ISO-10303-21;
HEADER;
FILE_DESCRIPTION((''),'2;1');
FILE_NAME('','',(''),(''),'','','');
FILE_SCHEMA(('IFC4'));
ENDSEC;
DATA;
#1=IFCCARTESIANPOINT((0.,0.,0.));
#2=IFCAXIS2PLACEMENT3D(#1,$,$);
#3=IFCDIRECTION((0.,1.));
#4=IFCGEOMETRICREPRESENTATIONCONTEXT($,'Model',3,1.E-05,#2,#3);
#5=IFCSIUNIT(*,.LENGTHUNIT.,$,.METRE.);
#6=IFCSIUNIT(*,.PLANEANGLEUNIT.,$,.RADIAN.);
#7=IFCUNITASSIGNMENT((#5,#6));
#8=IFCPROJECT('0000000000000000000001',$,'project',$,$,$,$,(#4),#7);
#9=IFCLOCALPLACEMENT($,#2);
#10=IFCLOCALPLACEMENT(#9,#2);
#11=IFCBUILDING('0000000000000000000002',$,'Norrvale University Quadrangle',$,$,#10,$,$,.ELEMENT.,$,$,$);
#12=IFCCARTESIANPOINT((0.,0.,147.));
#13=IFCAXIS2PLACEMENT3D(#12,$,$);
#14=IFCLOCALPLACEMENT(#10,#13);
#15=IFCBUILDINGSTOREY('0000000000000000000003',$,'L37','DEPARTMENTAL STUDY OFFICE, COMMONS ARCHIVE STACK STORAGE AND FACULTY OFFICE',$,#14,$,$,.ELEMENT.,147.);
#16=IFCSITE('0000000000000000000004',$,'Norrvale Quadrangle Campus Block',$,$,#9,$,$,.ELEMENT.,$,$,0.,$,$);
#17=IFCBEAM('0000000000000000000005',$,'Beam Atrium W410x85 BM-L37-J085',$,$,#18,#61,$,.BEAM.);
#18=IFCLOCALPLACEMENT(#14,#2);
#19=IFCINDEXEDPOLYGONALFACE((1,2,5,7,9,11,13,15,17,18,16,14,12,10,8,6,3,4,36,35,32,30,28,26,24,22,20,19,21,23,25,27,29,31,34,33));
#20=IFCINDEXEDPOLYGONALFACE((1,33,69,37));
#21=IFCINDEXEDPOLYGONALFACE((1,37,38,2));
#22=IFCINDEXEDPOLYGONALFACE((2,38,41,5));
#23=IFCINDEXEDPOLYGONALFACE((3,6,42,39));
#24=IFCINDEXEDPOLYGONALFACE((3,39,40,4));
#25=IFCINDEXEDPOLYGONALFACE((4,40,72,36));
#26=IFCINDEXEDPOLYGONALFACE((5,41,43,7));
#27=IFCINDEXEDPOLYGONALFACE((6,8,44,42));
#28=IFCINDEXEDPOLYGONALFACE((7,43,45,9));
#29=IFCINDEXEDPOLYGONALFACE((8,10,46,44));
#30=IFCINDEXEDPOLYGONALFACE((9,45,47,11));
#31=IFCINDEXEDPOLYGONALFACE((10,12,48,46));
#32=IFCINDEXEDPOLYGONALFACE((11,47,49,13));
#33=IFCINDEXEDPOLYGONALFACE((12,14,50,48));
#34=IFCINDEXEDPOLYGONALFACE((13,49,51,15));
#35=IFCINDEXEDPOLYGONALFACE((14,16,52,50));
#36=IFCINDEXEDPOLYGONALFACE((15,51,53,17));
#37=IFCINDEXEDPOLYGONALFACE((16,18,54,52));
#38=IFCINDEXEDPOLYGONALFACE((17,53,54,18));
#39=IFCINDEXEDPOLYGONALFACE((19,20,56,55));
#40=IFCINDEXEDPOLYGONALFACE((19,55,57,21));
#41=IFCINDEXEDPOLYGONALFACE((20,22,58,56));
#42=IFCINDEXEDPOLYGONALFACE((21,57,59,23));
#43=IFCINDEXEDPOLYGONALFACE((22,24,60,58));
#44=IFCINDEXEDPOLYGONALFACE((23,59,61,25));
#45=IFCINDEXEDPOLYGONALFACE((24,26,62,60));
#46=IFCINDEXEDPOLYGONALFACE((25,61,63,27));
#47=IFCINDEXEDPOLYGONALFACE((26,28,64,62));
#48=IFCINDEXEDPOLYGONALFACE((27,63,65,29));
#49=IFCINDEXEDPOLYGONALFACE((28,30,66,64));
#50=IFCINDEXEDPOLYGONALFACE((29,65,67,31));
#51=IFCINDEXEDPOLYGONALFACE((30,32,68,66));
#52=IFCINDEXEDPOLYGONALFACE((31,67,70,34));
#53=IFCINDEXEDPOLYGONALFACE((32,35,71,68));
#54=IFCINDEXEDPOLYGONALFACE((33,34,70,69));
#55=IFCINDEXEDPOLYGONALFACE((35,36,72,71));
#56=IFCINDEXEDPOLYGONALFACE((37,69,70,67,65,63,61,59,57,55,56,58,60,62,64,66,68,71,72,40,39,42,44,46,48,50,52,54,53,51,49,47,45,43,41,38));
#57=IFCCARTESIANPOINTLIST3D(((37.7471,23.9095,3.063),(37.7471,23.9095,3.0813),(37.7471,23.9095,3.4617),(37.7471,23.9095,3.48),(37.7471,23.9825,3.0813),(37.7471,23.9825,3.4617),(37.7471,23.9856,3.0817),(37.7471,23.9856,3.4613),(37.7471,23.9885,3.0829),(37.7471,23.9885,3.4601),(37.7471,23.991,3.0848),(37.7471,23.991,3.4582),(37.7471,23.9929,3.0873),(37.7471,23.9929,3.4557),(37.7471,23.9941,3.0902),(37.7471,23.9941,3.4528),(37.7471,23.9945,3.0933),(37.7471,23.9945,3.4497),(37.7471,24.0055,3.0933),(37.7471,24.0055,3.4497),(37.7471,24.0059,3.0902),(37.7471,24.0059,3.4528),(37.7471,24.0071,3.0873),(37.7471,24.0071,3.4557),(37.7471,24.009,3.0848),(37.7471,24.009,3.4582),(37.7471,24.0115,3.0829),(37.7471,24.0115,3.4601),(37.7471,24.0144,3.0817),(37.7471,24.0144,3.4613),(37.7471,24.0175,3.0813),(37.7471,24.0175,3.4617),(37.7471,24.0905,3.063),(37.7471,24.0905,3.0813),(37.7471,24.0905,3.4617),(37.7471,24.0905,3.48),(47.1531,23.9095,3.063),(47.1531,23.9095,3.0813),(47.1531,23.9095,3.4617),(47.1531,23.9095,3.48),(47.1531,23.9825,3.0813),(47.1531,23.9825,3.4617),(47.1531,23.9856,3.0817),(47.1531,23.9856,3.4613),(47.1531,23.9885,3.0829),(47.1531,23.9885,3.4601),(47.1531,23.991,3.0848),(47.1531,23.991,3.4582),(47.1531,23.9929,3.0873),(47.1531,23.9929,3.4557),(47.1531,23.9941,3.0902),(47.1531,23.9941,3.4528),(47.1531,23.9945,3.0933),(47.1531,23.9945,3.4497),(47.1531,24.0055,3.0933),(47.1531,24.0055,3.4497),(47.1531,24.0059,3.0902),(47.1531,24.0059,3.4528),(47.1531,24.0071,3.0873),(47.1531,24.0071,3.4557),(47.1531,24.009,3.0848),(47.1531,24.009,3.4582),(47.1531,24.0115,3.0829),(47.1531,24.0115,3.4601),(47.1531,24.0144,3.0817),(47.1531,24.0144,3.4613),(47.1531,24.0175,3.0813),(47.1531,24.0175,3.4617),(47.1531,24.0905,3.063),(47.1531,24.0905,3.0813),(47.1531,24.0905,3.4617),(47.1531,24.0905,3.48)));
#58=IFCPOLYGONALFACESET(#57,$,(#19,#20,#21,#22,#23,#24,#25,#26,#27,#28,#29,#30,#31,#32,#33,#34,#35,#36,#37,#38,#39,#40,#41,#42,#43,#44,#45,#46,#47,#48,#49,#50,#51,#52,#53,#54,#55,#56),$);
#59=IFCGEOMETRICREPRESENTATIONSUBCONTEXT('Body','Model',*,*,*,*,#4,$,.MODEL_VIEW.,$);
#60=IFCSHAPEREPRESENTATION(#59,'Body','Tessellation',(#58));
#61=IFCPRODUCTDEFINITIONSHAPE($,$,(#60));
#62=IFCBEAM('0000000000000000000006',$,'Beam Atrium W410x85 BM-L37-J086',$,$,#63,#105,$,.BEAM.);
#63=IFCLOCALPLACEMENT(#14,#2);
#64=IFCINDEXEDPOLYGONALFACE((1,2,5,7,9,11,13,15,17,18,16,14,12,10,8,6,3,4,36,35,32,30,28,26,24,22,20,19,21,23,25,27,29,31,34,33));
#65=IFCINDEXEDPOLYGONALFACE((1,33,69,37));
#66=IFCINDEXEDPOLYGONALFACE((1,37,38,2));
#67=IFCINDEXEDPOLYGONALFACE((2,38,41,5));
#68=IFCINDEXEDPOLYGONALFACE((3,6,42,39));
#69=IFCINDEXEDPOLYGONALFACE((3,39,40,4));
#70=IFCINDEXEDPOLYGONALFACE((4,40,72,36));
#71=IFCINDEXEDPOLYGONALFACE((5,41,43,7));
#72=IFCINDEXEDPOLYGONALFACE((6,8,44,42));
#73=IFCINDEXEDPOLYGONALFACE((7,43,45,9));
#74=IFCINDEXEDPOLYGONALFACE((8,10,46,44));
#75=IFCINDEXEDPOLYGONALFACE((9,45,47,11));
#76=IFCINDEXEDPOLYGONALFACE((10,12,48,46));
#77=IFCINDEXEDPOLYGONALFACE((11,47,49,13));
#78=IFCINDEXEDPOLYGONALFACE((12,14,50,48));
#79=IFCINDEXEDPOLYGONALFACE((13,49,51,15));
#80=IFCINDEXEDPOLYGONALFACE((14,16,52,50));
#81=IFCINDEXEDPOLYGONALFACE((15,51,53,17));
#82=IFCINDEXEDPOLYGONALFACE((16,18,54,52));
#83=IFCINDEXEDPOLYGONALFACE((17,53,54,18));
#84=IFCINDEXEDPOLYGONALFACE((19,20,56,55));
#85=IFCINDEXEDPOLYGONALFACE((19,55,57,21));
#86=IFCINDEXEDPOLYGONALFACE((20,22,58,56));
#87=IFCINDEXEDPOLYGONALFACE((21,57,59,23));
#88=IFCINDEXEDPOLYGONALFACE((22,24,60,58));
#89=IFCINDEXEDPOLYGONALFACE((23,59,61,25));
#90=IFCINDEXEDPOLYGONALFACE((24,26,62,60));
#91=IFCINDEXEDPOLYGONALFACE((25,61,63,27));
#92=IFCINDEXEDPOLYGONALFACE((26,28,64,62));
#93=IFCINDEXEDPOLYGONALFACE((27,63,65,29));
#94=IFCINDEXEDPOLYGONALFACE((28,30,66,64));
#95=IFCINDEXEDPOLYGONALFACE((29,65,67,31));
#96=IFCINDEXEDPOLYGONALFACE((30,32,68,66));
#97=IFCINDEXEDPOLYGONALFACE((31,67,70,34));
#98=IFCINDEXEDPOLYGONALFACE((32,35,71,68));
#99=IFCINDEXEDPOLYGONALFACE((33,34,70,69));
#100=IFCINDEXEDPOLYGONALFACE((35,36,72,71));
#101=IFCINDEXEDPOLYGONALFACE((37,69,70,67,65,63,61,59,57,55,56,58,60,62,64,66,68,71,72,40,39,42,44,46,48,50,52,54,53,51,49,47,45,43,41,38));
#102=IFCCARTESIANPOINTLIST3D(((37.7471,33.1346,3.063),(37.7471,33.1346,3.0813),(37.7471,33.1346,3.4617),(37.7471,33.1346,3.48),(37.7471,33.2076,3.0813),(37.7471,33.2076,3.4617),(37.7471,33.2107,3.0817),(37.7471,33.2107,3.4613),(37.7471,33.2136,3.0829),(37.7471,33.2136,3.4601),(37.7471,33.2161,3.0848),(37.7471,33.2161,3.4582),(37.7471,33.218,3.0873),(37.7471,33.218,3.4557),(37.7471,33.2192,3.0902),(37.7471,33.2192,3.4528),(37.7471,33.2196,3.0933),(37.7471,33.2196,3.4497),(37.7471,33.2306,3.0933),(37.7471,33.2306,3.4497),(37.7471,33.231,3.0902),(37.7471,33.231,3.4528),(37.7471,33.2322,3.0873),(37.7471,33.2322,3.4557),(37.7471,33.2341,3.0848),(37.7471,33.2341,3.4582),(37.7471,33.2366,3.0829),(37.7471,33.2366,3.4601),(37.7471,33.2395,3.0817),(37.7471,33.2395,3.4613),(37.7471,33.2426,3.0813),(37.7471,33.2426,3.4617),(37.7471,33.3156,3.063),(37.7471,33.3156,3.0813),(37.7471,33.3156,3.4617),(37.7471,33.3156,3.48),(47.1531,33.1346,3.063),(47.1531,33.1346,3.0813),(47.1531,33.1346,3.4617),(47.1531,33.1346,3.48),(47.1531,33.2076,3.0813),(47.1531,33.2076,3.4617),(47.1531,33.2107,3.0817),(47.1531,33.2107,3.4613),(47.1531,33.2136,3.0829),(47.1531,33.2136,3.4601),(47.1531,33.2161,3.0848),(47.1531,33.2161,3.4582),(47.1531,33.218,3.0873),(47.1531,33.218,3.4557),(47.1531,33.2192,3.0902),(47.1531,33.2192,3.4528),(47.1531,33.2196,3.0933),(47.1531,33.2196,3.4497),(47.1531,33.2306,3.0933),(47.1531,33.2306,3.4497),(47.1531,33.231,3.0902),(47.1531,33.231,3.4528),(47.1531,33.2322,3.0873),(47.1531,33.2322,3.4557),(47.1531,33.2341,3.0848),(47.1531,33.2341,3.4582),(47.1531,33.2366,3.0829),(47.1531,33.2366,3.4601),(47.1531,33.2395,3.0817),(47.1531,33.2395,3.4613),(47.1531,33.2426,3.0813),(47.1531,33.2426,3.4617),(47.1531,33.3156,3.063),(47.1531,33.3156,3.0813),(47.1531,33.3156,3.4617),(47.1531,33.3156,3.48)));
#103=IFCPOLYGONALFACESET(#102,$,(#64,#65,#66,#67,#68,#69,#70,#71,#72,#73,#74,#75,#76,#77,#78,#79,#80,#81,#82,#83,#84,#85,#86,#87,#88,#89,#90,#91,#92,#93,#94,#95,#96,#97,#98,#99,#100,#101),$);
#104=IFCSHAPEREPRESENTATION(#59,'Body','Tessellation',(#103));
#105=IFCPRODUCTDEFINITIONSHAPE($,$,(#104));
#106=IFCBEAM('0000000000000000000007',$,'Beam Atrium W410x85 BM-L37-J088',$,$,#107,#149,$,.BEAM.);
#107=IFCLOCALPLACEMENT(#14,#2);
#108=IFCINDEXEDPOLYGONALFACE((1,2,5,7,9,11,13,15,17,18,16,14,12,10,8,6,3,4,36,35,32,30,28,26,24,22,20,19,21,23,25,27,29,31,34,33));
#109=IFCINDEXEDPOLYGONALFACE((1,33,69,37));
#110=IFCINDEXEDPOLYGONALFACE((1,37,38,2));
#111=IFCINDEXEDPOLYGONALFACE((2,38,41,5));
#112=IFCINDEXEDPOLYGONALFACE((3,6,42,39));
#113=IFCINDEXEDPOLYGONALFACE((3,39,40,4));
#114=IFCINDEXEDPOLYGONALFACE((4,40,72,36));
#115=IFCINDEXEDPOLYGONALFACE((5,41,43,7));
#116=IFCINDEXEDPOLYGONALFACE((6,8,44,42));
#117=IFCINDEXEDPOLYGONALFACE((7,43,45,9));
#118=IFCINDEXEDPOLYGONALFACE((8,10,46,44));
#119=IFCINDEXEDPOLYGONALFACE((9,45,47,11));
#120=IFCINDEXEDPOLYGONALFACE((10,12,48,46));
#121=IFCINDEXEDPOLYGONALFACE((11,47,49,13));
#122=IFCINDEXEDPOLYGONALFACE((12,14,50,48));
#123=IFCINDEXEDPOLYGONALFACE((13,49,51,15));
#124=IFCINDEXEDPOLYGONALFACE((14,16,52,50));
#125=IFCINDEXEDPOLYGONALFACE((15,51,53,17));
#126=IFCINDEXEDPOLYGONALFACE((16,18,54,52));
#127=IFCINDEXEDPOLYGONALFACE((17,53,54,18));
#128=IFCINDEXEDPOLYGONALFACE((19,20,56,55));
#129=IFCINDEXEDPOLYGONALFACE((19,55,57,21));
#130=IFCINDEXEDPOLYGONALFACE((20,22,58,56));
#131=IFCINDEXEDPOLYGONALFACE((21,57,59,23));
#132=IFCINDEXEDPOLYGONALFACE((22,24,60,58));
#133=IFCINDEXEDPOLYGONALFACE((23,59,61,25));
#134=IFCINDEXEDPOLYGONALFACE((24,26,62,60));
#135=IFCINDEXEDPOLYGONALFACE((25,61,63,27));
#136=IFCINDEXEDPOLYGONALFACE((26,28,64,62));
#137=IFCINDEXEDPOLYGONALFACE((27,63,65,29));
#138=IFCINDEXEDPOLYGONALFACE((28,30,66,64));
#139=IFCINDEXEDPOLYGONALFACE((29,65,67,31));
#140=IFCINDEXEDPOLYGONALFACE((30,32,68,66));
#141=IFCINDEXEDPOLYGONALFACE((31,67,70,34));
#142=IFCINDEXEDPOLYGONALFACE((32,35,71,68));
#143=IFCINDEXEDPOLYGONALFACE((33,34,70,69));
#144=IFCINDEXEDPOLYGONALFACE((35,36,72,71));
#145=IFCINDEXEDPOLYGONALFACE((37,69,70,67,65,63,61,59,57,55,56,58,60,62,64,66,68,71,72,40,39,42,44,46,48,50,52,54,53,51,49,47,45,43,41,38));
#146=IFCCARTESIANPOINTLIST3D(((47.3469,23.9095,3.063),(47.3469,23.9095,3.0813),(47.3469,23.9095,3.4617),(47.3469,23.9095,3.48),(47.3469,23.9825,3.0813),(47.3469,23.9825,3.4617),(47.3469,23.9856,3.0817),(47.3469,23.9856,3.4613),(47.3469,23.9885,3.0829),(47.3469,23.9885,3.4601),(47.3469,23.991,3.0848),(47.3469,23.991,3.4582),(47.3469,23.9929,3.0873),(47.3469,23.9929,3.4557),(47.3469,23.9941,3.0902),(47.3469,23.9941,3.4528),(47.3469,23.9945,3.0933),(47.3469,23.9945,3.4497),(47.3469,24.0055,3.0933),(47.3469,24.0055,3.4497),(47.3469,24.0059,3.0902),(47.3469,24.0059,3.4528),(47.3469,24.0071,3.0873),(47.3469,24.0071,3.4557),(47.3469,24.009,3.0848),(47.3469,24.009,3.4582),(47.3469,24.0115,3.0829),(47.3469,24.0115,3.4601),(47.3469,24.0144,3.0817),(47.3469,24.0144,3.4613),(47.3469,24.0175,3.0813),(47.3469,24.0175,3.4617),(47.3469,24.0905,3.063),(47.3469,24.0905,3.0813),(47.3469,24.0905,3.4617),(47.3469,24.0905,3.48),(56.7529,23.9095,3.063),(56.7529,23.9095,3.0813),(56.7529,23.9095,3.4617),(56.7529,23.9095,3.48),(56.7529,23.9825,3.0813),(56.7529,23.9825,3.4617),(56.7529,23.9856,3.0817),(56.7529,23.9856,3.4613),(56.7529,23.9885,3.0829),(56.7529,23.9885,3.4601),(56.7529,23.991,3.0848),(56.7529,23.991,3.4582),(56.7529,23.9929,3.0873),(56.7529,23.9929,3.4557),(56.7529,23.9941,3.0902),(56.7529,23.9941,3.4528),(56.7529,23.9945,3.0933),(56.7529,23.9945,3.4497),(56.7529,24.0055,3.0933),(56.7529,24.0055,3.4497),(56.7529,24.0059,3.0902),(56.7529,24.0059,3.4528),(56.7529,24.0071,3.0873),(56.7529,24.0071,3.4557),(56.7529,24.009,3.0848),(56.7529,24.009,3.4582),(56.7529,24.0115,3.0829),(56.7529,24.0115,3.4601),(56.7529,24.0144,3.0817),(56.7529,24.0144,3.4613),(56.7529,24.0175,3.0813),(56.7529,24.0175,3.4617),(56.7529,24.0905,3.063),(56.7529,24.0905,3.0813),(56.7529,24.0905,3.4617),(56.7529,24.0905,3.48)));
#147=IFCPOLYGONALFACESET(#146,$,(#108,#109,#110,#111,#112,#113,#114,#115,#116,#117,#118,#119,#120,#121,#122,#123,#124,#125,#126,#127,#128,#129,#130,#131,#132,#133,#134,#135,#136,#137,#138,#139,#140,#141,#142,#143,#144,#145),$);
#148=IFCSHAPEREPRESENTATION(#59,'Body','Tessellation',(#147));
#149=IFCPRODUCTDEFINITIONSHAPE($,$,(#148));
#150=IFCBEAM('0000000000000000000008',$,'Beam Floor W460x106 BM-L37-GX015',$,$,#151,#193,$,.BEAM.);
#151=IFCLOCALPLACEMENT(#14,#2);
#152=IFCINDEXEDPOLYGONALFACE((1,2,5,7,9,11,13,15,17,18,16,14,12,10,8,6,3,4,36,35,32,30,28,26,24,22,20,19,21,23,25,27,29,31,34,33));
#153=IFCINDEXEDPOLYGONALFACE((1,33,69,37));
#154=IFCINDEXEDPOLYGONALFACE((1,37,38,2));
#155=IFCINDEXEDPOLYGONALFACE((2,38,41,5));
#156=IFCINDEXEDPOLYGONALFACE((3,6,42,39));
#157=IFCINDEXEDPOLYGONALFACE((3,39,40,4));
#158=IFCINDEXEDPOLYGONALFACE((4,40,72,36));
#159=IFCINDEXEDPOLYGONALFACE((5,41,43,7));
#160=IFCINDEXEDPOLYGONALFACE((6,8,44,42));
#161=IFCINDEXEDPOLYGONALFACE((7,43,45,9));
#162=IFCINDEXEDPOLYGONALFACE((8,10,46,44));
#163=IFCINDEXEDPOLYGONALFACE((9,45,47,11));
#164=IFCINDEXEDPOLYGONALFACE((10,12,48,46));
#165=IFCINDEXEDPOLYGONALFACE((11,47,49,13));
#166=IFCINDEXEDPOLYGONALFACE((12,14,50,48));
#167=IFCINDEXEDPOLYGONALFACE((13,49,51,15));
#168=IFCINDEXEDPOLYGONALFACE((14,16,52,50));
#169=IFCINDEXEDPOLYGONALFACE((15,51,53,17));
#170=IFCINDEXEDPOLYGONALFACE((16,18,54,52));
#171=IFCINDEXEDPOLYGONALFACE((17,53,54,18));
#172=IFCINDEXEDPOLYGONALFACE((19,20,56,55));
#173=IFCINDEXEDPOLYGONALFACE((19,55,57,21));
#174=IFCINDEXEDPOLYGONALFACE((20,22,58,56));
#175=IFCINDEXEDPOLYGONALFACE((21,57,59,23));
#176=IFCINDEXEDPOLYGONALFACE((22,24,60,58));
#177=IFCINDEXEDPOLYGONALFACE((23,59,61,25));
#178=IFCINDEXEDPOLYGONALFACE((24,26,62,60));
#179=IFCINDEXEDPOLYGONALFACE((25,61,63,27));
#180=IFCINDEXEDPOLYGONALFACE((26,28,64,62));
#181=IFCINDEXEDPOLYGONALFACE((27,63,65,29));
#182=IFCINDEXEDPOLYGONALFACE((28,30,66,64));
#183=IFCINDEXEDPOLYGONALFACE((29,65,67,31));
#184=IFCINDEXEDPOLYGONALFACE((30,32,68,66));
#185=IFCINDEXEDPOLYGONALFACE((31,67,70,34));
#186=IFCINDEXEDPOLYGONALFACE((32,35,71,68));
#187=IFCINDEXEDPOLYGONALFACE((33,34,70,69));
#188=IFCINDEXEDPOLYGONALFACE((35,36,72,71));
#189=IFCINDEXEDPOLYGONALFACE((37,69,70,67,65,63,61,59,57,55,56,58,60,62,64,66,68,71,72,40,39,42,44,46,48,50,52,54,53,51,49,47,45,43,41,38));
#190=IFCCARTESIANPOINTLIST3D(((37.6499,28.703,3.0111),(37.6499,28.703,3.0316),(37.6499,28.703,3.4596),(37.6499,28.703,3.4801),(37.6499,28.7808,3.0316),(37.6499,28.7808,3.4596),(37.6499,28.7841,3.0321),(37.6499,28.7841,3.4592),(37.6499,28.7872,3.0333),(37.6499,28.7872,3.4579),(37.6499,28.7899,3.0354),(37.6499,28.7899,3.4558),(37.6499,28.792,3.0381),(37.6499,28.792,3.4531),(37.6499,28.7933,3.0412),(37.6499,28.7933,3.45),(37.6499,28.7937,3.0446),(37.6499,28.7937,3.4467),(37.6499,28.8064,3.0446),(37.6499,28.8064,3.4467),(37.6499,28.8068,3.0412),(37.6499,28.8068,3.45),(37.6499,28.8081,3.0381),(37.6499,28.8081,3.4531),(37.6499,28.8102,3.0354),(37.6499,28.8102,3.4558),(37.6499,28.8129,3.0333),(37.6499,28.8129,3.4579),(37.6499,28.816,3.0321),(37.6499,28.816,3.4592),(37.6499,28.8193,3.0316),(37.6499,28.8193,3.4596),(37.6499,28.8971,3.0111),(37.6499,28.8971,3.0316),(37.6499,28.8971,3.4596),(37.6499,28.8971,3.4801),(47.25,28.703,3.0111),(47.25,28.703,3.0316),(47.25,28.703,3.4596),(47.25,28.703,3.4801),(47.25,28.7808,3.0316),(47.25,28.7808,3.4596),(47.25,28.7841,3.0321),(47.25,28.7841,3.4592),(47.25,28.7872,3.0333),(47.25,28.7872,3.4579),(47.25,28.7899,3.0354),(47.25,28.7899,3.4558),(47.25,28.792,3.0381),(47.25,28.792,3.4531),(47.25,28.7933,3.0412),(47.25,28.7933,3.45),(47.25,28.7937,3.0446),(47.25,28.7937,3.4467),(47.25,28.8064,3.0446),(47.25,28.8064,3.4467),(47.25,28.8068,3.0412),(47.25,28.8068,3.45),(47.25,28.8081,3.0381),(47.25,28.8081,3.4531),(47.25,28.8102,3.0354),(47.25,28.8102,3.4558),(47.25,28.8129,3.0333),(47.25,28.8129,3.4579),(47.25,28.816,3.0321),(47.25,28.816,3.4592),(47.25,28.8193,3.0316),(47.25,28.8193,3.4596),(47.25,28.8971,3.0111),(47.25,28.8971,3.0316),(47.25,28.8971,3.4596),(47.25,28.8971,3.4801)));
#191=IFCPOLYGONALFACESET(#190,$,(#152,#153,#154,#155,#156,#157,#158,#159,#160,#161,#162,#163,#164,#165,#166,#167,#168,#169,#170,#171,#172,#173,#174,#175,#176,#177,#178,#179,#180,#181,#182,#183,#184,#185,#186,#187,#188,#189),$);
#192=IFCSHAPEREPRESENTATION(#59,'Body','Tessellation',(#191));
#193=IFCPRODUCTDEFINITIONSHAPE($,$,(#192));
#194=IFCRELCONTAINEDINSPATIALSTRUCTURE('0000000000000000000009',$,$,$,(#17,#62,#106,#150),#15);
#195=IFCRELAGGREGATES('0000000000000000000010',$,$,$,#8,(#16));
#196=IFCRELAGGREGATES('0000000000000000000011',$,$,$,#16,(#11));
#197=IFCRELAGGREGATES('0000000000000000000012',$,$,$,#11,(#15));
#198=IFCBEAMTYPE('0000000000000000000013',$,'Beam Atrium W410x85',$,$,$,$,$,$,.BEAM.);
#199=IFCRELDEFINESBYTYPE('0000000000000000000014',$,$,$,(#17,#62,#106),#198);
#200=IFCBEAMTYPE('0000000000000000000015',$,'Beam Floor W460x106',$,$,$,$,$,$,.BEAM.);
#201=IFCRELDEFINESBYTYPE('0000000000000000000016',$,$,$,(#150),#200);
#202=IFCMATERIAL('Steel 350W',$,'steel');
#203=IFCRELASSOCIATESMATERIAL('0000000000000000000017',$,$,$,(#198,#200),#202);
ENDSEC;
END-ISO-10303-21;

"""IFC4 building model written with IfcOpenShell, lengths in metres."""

from ifc_helpers import new_model, si_unit, direction, frame, origin, origin_2d, place, context, subcontext, project, spatial, i_section, extrude, material, material_profile, profile_set, type_object, element, save


model = new_model("IFC4")

# Units and contexts
model_context = context("Model", 3, precision=1e-05, world=origin(), true_north=direction((0.0, 1.0)))
body_context = subcontext(model_context, "Body", "Model", "MODEL_VIEW")
ifc_project = project(units=[si_unit("LENGTHUNIT", "METRE"), si_unit("PLANEANGLEUNIT", "RADIAN")], contexts=[model_context])

# Site, building, storey
site_placement = place(None, origin())
site = spatial("IfcSite", under=ifc_project, at=site_placement, Name="Norrvale Quadrangle Campus Block", CompositionType="ELEMENT", RefElevation=0.0)
building_placement = place(site_placement, origin())
building = spatial("IfcBuilding", under=site, at=building_placement, Name="Norrvale University Quadrangle", CompositionType="ELEMENT")
storey_placement = place(building_placement, frame((0.0, 0.0, 147.0)))
storey = spatial("IfcBuildingStorey", under=building, at=storey_placement, Name="L37", Description="DEPARTMENTAL STUDY OFFICE, COMMONS ARCHIVE STACK STORAGE AND FACULTY OFFICE", CompositionType="ELEMENT", Elevation=147.0)

# Beams
ifc_material_1 = material(Name="Steel 350W", Category="steel")
ifc_material_profile_1 = material_profile(ifc_material_1, i_section(OverallWidth=0.1809, OverallDepth=0.417, WebThickness=0.011, FlangeThickness=0.0183, FilletRadius=0.012, at=origin_2d()), Name="Steel 350W")
ifc_profile_set_1 = profile_set([ifc_material_profile_1], Name="Steel 350W")
beam_type_1 = type_object("IfcBeamType", Name="Beam Atrium W410x85", PredefinedType="BEAM", material=ifc_profile_set_1)
for number, where, z_axis, x_axis, name in (
    (1, (37.7471, 24.0, 3.2715), (1.0, 0.0, 0.0), (0.0, 1.0, 0.0), "Beam Atrium W410x85 BM-L37-J085"),
    (2, (37.7471, 33.2251, 3.2715), (1.0, 0.0, 0.0), (0.0, 1.0, 0.0), "Beam Atrium W410x85 BM-L37-J086"),
    (3, (47.3469, 24.0, 3.2715), (1.0, 0.0, 0.0), (0.0, 1.0, 0.0), "Beam Atrium W410x85 BM-L37-J088"),
):
    element("IfcBeam", number, at=place(storey_placement, frame(where, z_axis=z_axis, x_axis=x_axis)), inside=storey, type_object=beam_type_1, Name=name, PredefinedType="BEAM", context=body_context, shape_type="SweptSolid", body=[
        extrude(i_section(OverallWidth=0.1809, OverallDepth=0.417, WebThickness=0.011, FlangeThickness=0.0183, FilletRadius=0.012, at=origin_2d()), origin(), (0.0, 0.0, 1.0), 9.406),
    ])
ifc_material_profile_2 = material_profile(ifc_material_1, i_section(OverallWidth=0.1941, OverallDepth=0.469, WebThickness=0.0127, FlangeThickness=0.0205, FilletRadius=0.0129, at=origin_2d()), Name="Steel 350W")
ifc_profile_set_2 = profile_set([ifc_material_profile_2], Name="Steel 350W")
beam_type_2 = type_object("IfcBeamType", Name="Beam Floor W460x106", PredefinedType="BEAM", material=ifc_profile_set_2)
for number, where, z_axis, x_axis, name in (
    (4, (37.6499, 28.8, 3.2456), (1.0, 0.0, 0.0), (0.0, 1.0, 0.0), "Beam Floor W460x106 BM-L37-GX015"),
):
    element("IfcBeam", number, at=place(storey_placement, frame(where, z_axis=z_axis, x_axis=x_axis)), inside=storey, type_object=beam_type_2, Name=name, PredefinedType="BEAM", context=body_context, shape_type="SweptSolid", body=[
        extrude(i_section(OverallWidth=0.1941, OverallDepth=0.469, WebThickness=0.0127, FlangeThickness=0.0205, FilletRadius=0.0129, at=origin_2d()), origin(), (0.0, 0.0, 1.0), 9.6001),
    ])

save(model, "model.ifc")
